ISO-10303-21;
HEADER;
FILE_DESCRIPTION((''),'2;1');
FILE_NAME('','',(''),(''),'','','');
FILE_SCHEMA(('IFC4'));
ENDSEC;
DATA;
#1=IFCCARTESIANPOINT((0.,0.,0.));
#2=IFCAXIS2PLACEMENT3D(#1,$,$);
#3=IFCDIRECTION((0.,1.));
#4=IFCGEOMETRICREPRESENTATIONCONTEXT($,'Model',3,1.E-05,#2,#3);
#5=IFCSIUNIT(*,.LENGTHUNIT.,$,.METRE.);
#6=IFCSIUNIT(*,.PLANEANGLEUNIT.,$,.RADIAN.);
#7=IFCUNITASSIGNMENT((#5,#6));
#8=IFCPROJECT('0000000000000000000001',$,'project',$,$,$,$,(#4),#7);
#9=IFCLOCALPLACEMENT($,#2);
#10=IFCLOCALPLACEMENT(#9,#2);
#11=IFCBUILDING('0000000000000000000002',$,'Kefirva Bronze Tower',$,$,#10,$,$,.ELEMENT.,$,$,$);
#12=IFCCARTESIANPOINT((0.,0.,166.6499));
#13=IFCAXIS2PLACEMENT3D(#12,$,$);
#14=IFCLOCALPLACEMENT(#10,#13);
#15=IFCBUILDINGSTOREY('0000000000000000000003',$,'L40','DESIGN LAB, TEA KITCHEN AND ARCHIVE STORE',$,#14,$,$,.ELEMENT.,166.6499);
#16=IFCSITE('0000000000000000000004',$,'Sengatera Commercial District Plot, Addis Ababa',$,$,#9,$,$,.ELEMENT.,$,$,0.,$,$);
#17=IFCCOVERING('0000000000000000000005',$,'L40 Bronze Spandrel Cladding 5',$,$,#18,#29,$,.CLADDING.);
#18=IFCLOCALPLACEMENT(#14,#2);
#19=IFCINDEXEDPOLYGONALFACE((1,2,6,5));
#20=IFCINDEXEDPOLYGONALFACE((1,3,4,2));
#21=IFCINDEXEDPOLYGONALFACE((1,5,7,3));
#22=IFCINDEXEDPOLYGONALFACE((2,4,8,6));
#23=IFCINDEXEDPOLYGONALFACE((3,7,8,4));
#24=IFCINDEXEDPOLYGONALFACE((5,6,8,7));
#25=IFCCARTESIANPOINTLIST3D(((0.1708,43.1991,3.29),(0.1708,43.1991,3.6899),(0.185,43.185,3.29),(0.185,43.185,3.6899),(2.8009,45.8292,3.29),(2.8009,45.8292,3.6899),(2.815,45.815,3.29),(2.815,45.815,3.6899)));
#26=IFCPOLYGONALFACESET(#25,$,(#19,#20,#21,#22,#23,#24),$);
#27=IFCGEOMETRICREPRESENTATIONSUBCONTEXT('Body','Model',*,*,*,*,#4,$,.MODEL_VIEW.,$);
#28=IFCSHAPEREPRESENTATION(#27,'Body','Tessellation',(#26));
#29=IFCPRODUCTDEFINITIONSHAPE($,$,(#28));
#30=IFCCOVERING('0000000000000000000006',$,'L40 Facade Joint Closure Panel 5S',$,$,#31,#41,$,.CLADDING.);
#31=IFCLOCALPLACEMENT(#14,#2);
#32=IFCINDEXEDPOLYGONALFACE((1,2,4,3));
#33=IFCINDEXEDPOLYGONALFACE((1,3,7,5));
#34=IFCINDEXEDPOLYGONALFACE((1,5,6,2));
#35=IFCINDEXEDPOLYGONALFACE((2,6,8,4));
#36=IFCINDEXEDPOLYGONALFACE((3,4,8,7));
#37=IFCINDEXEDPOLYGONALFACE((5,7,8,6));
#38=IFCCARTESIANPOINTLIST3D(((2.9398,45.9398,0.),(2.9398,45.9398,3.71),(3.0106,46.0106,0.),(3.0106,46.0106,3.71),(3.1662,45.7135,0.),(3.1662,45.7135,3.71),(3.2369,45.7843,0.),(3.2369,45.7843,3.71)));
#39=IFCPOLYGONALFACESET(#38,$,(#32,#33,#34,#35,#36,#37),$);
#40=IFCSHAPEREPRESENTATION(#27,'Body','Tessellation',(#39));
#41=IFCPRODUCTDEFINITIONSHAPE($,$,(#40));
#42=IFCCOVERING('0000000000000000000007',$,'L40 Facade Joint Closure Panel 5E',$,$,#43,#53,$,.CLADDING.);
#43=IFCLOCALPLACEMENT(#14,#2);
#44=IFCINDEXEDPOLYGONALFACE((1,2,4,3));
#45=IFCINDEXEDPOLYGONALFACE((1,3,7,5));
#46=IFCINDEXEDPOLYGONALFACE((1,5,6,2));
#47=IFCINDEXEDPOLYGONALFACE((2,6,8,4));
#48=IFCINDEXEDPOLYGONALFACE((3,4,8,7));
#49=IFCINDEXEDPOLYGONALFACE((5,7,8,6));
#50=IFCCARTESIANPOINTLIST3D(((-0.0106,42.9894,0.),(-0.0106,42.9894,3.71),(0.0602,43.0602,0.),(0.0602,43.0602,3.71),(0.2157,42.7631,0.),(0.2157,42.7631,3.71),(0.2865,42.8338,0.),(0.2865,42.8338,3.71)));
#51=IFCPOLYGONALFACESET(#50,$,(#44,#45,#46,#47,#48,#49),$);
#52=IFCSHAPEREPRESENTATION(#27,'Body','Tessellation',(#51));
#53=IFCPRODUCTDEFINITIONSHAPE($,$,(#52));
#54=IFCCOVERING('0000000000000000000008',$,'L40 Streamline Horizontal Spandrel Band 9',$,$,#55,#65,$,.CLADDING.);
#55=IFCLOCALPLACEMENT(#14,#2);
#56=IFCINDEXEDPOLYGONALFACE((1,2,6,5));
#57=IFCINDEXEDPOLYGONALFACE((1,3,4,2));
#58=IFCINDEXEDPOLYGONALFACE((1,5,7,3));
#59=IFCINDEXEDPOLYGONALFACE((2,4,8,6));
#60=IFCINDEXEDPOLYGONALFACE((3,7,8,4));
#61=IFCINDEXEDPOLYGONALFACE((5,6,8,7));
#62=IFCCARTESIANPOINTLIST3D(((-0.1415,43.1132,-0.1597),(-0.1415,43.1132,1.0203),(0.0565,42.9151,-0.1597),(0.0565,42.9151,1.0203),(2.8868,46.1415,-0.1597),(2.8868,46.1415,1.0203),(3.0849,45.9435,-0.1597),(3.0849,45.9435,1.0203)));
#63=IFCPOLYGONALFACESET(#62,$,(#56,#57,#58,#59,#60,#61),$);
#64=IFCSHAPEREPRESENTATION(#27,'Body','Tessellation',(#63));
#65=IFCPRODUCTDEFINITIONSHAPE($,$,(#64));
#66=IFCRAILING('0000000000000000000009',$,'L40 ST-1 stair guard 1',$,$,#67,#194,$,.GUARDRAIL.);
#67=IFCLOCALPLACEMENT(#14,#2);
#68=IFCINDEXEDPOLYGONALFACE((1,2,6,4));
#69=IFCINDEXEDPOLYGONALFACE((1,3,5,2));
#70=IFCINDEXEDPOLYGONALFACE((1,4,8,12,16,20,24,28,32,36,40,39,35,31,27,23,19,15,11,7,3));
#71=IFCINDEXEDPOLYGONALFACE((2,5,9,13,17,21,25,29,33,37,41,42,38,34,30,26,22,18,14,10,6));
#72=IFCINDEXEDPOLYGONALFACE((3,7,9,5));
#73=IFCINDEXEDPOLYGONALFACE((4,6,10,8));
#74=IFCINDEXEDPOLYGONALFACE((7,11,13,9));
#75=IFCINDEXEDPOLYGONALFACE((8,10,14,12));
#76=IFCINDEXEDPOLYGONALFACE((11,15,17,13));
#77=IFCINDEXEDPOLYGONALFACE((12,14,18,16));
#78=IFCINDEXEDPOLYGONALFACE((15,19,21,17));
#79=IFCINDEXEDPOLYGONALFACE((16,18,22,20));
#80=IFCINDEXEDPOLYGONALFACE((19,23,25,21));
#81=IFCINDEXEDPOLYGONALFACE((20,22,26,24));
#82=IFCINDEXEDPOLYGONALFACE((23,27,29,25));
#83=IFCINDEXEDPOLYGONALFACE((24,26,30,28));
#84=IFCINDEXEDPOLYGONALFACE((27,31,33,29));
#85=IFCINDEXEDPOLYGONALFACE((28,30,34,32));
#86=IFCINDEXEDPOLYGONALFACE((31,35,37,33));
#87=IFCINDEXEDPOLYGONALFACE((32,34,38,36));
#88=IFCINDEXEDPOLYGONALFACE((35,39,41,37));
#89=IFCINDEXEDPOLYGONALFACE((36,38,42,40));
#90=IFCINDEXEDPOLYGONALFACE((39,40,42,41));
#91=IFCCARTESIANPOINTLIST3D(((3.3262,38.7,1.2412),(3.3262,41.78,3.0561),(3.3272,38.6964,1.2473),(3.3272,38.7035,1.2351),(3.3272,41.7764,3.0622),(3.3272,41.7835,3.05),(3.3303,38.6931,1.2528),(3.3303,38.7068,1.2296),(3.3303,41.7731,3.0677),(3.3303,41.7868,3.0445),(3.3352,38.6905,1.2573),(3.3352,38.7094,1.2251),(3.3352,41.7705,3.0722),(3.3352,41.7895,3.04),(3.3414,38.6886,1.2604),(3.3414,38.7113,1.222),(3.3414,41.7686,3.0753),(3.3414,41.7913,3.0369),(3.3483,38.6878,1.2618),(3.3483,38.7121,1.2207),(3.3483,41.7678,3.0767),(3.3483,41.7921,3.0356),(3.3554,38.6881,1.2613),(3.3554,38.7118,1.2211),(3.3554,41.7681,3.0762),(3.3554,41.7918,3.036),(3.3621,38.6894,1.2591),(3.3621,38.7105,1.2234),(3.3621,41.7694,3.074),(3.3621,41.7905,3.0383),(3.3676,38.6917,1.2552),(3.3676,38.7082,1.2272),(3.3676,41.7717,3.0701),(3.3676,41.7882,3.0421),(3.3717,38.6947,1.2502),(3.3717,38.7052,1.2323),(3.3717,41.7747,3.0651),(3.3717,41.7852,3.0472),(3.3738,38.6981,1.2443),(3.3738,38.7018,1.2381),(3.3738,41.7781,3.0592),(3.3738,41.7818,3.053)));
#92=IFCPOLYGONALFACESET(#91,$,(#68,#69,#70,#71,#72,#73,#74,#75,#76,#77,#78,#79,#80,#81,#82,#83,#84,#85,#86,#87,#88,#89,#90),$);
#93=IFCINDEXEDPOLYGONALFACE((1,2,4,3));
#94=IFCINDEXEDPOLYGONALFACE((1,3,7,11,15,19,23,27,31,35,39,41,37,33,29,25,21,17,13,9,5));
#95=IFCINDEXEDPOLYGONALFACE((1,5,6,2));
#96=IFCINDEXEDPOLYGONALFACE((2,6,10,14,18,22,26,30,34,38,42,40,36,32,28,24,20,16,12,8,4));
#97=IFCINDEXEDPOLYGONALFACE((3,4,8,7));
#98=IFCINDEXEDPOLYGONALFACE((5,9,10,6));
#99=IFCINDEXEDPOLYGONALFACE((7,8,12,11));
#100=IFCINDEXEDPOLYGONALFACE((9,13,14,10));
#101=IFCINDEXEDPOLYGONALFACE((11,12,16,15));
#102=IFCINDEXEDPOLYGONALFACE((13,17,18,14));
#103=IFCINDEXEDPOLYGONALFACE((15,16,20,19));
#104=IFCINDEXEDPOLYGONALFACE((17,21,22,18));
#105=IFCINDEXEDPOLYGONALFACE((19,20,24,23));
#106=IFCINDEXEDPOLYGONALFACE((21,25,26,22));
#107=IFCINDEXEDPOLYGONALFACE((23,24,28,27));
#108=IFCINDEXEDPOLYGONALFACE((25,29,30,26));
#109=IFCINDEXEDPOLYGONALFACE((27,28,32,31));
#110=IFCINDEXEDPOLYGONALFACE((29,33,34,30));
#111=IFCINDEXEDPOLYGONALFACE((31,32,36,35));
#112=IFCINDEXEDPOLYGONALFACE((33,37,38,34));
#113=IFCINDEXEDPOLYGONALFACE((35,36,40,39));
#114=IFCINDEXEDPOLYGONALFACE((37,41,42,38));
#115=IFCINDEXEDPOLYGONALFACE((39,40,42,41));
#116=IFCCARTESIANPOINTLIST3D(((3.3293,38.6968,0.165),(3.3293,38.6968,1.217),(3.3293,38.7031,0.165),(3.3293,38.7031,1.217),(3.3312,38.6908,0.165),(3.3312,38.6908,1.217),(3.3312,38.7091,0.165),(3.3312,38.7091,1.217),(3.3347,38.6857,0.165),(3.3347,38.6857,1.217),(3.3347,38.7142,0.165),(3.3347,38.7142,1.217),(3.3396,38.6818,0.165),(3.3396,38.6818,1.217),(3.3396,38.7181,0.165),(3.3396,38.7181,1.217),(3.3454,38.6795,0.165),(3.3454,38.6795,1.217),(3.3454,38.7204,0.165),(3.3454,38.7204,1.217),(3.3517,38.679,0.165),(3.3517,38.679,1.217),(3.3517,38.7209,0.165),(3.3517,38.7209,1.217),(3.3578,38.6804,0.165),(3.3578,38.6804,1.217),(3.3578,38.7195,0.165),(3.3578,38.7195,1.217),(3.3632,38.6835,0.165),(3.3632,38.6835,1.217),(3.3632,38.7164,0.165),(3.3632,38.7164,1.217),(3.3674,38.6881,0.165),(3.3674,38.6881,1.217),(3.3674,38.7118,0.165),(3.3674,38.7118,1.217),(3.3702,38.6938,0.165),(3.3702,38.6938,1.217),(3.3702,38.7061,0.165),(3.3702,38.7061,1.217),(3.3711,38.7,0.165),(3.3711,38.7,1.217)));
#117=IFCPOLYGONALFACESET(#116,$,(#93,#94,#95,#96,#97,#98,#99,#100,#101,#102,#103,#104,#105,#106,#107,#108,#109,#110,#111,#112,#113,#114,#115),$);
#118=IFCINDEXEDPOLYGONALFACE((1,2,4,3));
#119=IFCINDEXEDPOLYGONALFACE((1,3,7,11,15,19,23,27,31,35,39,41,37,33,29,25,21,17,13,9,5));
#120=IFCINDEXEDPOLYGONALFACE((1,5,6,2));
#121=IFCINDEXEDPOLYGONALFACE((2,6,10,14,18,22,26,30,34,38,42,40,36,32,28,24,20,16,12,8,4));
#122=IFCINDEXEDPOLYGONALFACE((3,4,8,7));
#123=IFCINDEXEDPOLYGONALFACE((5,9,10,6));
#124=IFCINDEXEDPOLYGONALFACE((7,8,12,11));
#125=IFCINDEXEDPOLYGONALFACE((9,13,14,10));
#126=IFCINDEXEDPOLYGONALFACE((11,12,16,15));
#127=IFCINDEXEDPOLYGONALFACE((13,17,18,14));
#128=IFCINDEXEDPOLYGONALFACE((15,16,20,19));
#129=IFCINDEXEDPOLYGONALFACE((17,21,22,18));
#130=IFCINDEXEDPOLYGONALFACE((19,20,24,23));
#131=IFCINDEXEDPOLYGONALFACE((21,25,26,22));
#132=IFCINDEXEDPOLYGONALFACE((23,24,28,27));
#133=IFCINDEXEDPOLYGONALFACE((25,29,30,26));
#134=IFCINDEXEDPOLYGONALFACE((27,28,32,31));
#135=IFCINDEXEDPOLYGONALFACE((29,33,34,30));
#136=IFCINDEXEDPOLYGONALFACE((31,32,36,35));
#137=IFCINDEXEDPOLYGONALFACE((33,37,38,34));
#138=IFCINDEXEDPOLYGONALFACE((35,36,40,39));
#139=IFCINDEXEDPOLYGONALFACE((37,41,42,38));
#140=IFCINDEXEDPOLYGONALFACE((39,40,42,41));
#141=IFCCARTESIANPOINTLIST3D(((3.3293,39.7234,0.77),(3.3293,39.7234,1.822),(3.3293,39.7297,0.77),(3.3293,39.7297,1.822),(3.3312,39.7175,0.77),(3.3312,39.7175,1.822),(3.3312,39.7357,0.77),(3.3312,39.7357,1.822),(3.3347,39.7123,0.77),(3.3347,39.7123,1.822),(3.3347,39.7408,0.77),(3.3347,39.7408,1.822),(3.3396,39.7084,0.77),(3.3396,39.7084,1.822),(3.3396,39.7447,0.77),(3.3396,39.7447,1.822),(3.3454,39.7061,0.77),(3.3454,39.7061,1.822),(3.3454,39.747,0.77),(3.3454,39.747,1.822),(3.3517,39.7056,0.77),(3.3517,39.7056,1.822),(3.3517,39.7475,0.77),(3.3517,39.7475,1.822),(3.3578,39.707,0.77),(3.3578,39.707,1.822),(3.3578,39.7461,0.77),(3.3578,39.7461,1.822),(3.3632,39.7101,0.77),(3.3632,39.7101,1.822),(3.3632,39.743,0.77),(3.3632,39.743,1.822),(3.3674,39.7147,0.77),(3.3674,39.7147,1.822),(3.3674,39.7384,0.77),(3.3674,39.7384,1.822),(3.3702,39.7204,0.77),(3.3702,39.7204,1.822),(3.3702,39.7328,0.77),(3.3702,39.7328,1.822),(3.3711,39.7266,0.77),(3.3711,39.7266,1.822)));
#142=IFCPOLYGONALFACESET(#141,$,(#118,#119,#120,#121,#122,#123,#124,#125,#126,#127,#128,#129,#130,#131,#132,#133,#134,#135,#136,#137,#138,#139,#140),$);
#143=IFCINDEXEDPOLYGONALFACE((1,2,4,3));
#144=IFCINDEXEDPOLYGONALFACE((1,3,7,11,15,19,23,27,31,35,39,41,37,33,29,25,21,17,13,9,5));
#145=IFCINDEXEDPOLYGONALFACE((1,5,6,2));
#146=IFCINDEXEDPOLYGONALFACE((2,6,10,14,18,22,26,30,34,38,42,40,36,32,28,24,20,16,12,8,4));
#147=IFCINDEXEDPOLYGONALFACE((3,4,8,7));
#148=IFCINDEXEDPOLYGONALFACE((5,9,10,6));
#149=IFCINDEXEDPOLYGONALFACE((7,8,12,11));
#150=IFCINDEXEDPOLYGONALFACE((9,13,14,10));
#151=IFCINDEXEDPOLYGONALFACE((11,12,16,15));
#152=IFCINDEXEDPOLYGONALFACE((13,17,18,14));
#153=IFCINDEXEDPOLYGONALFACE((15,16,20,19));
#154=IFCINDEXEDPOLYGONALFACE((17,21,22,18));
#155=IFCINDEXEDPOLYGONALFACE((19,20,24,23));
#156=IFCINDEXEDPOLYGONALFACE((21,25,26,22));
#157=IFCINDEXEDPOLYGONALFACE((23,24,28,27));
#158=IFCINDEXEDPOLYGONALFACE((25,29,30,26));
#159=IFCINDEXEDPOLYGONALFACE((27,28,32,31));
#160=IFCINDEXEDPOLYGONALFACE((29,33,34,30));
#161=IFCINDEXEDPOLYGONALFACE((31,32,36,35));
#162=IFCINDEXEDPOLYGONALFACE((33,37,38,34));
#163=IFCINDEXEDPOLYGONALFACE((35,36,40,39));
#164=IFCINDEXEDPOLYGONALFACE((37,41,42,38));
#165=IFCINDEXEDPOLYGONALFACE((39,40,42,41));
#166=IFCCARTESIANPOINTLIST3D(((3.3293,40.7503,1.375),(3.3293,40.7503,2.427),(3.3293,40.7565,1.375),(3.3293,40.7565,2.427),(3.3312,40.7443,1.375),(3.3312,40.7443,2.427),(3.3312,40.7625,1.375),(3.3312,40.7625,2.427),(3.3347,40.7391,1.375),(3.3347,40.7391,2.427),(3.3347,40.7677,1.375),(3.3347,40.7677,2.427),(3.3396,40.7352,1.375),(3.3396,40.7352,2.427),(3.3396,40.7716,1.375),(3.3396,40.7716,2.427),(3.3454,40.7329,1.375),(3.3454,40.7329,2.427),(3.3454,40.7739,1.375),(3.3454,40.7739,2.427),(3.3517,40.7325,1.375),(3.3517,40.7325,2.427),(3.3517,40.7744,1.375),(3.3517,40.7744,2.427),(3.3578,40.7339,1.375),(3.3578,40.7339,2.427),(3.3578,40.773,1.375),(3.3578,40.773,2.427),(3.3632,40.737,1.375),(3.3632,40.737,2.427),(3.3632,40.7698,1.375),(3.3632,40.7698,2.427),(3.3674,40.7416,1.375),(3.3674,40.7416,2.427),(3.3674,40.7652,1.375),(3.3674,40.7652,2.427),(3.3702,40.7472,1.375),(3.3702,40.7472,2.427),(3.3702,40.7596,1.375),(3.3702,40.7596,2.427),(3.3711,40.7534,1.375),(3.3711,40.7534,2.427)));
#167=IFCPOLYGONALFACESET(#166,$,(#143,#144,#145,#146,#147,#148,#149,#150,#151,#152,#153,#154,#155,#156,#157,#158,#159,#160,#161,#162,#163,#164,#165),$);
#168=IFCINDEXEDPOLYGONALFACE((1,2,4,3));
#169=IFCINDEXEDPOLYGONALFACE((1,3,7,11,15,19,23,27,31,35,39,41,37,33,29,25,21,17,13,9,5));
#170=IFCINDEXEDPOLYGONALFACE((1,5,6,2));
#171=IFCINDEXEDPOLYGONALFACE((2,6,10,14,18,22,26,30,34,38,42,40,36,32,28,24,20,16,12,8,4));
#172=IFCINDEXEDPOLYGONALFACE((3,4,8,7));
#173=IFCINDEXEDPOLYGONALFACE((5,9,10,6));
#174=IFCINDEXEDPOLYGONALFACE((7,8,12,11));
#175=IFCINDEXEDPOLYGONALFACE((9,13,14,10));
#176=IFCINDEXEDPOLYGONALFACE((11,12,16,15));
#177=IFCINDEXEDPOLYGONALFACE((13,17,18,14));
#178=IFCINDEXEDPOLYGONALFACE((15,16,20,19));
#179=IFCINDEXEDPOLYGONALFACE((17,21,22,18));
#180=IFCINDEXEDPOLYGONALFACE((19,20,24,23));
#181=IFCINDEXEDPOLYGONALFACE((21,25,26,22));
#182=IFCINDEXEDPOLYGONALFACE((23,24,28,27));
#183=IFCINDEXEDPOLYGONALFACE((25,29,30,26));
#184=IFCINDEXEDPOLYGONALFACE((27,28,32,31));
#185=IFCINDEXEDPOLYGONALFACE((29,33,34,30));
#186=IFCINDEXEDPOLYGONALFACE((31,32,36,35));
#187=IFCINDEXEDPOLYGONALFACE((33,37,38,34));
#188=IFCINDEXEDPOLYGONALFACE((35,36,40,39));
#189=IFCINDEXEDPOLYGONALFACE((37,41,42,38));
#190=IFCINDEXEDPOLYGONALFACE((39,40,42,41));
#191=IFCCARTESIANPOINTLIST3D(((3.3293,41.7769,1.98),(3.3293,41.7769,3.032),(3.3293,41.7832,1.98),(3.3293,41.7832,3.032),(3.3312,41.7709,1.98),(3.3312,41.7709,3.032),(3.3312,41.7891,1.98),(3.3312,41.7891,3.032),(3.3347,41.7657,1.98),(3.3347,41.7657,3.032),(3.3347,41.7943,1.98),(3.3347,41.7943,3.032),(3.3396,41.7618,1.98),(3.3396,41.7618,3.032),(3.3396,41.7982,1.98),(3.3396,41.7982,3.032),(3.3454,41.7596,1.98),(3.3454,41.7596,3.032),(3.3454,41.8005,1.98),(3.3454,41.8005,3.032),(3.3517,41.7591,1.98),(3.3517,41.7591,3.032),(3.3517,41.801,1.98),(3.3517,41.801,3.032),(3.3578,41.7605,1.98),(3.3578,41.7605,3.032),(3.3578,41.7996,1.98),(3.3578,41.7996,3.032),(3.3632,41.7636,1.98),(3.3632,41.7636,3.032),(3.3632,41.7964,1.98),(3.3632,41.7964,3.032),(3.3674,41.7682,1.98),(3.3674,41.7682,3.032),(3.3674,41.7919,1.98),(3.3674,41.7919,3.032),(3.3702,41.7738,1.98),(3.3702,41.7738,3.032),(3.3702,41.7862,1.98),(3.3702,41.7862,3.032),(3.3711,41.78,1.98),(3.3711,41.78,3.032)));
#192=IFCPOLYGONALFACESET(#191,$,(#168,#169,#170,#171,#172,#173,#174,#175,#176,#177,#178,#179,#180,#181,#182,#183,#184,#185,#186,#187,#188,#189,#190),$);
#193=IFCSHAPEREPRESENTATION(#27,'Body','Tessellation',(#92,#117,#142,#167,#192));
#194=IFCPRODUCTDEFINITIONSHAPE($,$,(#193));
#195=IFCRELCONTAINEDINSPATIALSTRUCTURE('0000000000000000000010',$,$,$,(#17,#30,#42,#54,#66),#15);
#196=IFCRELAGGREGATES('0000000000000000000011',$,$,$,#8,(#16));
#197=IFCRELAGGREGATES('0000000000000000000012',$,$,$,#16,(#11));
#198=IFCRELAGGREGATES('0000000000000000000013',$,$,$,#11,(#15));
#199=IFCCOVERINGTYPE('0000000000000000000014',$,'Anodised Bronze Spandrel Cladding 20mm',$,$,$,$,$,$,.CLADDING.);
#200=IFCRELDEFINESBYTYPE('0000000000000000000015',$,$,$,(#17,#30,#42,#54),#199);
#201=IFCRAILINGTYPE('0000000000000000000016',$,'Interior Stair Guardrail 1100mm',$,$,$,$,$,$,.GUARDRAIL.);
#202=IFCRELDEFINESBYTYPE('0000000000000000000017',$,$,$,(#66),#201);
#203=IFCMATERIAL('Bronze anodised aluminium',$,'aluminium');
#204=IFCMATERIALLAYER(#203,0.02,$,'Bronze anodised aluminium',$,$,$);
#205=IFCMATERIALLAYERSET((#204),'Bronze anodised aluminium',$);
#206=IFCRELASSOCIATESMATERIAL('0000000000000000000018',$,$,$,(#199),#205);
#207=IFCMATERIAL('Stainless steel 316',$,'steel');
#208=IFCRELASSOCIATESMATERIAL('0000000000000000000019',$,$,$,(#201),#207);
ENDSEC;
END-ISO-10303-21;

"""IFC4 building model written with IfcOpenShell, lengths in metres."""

from ifc_helpers import new_model, si_unit, direction, frame, origin, origin_2d, place, context, subcontext, project, spatial, rectangle, circle, extrude, material, layer, layer_set, type_object, element, save


model = new_model("IFC4")

# Units and contexts
model_context = context("Model", 3, precision=1e-05, world=origin(), true_north=direction((0.0, 1.0)))
body_context = subcontext(model_context, "Body", "Model", "MODEL_VIEW")
ifc_project = project(units=[si_unit("LENGTHUNIT", "METRE"), si_unit("PLANEANGLEUNIT", "RADIAN")], contexts=[model_context])

# Site, building, storey
site_placement = place(None, origin())
site = spatial("IfcSite", under=ifc_project, at=site_placement, Name="Sengatera Commercial District Plot, Addis Ababa", CompositionType="ELEMENT", RefElevation=0.0)
building_placement = place(site_placement, origin())
building = spatial("IfcBuilding", under=site, at=building_placement, Name="Kefirva Bronze Tower", CompositionType="ELEMENT")
storey_placement = place(building_placement, frame((0.0, 0.0, 166.6499)))
storey = spatial("IfcBuildingStorey", under=building, at=storey_placement, Name="L40", Description="DESIGN LAB, TEA KITCHEN AND ARCHIVE STORE", CompositionType="ELEMENT", Elevation=166.6499)

# Shared definitions
ifc_material_1 = material(Name="Bronze anodised aluminium", Category="aluminium")

# Coverings
ifc_layer_1 = layer(ifc_material_1, 0.02, Name="Bronze anodised aluminium")
ifc_layer_set_1 = layer_set([ifc_layer_1], Name="Bronze anodised aluminium")
covering_type_1 = type_object("IfcCoveringType", Name="Anodised Bronze Spandrel Cladding 20mm", PredefinedType="CLADDING", material=ifc_layer_set_1)
covering_1_placement = place(storey_placement, frame((1.4929, 44.5071, 3.29), z_axis=(0.0, 0.0, 1.0), x_axis=(-0.707107, -0.707107, 0.0)))
element("IfcCovering", 1, at=covering_1_placement, inside=storey, type_object=covering_type_1, Name="L40 Bronze Spandrel Cladding 5", PredefinedType="CLADDING", context=body_context, shape_type="SweptSolid", body=[
    extrude(rectangle(XDim=3.7195, YDim=0.02, at=origin_2d()), origin(), (0.0, 0.0, 1.0), 0.3999),
])
for number, where, z_axis, x_axis, name in (
    (2, (3.0884, 45.8621, 0.0), (0.0, 0.0, 1.0), (-0.707107, -0.707107, 0.0), "L40 Facade Joint Closure Panel 5S"),
    (3, (0.1379, 42.9116, 0.0), (0.0, 0.0, 1.0), (-0.707107, -0.707107, 0.0), "L40 Facade Joint Closure Panel 5E"),
):
    element("IfcCovering", number, at=place(storey_placement, frame(where, z_axis=z_axis, x_axis=x_axis)), inside=storey, type_object=covering_type_1, Name=name, PredefinedType="CLADDING", context=body_context, shape_type="SweptSolid", body=[
        extrude(rectangle(XDim=0.1001, YDim=0.3201, at=origin_2d()), origin(), (0.0, 0.0, 1.0), 3.71),
    ])
covering_2_placement = place(storey_placement, frame((1.4717, 44.5283, -0.1597), z_axis=(0.0, 0.0, 1.0), x_axis=(-0.707107, -0.707107, 0.0)))
element("IfcCovering", 4, at=covering_2_placement, inside=storey, type_object=covering_type_1, Name="L40 Streamline Horizontal Spandrel Band 9", PredefinedType="CLADDING", context=body_context, shape_type="SweptSolid", body=[
    extrude(rectangle(XDim=4.2827, YDim=0.28, at=origin_2d()), origin(), (0.0, 0.0, 1.0), 1.1799),
])

# Railing
ifc_material_2 = material(Name="Stainless steel 316", Category="steel")
railing_type_1 = type_object("IfcRailingType", Name="Interior Stair Guardrail 1100mm", PredefinedType="GUARDRAIL", material=ifc_material_2)
railing_1_placement = place(storey_placement, frame((3.3501, 38.7, 0.165)))
element("IfcRailing", 5, at=railing_1_placement, inside=storey, type_object=railing_type_1, Name="L40 ST-1 stair guard 1", PredefinedType="GUARDRAIL", context=body_context, shape_type="SweptSolid", body=[
    extrude(circle(Radius=0.0239, at=origin_2d()), frame((0.0, 0.0, 1.0762), z_axis=(0.0, 0.861551, 0.507671), x_axis=(-1.0, 0.0, 0.0)), (0.0, 0.0, 1.0), 3.575),
    extrude(circle(Radius=0.021, at=origin_2d()), origin(), (0.0, 0.0, 1.0), 1.052),
    extrude(circle(Radius=0.021, at=origin_2d()), frame((0.0, 1.0266, 0.605)), (0.0, 0.0, 1.0), 1.052),
    extrude(circle(Radius=0.021, at=origin_2d()), frame((0.0, 2.0535, 1.21)), (0.0, 0.0, 1.0), 1.052),
    extrude(circle(Radius=0.021, at=origin_2d()), frame((0.0, 3.0801, 1.8149)), (0.0, 0.0, 1.0), 1.052),
])

save(model, "model.ifc")
